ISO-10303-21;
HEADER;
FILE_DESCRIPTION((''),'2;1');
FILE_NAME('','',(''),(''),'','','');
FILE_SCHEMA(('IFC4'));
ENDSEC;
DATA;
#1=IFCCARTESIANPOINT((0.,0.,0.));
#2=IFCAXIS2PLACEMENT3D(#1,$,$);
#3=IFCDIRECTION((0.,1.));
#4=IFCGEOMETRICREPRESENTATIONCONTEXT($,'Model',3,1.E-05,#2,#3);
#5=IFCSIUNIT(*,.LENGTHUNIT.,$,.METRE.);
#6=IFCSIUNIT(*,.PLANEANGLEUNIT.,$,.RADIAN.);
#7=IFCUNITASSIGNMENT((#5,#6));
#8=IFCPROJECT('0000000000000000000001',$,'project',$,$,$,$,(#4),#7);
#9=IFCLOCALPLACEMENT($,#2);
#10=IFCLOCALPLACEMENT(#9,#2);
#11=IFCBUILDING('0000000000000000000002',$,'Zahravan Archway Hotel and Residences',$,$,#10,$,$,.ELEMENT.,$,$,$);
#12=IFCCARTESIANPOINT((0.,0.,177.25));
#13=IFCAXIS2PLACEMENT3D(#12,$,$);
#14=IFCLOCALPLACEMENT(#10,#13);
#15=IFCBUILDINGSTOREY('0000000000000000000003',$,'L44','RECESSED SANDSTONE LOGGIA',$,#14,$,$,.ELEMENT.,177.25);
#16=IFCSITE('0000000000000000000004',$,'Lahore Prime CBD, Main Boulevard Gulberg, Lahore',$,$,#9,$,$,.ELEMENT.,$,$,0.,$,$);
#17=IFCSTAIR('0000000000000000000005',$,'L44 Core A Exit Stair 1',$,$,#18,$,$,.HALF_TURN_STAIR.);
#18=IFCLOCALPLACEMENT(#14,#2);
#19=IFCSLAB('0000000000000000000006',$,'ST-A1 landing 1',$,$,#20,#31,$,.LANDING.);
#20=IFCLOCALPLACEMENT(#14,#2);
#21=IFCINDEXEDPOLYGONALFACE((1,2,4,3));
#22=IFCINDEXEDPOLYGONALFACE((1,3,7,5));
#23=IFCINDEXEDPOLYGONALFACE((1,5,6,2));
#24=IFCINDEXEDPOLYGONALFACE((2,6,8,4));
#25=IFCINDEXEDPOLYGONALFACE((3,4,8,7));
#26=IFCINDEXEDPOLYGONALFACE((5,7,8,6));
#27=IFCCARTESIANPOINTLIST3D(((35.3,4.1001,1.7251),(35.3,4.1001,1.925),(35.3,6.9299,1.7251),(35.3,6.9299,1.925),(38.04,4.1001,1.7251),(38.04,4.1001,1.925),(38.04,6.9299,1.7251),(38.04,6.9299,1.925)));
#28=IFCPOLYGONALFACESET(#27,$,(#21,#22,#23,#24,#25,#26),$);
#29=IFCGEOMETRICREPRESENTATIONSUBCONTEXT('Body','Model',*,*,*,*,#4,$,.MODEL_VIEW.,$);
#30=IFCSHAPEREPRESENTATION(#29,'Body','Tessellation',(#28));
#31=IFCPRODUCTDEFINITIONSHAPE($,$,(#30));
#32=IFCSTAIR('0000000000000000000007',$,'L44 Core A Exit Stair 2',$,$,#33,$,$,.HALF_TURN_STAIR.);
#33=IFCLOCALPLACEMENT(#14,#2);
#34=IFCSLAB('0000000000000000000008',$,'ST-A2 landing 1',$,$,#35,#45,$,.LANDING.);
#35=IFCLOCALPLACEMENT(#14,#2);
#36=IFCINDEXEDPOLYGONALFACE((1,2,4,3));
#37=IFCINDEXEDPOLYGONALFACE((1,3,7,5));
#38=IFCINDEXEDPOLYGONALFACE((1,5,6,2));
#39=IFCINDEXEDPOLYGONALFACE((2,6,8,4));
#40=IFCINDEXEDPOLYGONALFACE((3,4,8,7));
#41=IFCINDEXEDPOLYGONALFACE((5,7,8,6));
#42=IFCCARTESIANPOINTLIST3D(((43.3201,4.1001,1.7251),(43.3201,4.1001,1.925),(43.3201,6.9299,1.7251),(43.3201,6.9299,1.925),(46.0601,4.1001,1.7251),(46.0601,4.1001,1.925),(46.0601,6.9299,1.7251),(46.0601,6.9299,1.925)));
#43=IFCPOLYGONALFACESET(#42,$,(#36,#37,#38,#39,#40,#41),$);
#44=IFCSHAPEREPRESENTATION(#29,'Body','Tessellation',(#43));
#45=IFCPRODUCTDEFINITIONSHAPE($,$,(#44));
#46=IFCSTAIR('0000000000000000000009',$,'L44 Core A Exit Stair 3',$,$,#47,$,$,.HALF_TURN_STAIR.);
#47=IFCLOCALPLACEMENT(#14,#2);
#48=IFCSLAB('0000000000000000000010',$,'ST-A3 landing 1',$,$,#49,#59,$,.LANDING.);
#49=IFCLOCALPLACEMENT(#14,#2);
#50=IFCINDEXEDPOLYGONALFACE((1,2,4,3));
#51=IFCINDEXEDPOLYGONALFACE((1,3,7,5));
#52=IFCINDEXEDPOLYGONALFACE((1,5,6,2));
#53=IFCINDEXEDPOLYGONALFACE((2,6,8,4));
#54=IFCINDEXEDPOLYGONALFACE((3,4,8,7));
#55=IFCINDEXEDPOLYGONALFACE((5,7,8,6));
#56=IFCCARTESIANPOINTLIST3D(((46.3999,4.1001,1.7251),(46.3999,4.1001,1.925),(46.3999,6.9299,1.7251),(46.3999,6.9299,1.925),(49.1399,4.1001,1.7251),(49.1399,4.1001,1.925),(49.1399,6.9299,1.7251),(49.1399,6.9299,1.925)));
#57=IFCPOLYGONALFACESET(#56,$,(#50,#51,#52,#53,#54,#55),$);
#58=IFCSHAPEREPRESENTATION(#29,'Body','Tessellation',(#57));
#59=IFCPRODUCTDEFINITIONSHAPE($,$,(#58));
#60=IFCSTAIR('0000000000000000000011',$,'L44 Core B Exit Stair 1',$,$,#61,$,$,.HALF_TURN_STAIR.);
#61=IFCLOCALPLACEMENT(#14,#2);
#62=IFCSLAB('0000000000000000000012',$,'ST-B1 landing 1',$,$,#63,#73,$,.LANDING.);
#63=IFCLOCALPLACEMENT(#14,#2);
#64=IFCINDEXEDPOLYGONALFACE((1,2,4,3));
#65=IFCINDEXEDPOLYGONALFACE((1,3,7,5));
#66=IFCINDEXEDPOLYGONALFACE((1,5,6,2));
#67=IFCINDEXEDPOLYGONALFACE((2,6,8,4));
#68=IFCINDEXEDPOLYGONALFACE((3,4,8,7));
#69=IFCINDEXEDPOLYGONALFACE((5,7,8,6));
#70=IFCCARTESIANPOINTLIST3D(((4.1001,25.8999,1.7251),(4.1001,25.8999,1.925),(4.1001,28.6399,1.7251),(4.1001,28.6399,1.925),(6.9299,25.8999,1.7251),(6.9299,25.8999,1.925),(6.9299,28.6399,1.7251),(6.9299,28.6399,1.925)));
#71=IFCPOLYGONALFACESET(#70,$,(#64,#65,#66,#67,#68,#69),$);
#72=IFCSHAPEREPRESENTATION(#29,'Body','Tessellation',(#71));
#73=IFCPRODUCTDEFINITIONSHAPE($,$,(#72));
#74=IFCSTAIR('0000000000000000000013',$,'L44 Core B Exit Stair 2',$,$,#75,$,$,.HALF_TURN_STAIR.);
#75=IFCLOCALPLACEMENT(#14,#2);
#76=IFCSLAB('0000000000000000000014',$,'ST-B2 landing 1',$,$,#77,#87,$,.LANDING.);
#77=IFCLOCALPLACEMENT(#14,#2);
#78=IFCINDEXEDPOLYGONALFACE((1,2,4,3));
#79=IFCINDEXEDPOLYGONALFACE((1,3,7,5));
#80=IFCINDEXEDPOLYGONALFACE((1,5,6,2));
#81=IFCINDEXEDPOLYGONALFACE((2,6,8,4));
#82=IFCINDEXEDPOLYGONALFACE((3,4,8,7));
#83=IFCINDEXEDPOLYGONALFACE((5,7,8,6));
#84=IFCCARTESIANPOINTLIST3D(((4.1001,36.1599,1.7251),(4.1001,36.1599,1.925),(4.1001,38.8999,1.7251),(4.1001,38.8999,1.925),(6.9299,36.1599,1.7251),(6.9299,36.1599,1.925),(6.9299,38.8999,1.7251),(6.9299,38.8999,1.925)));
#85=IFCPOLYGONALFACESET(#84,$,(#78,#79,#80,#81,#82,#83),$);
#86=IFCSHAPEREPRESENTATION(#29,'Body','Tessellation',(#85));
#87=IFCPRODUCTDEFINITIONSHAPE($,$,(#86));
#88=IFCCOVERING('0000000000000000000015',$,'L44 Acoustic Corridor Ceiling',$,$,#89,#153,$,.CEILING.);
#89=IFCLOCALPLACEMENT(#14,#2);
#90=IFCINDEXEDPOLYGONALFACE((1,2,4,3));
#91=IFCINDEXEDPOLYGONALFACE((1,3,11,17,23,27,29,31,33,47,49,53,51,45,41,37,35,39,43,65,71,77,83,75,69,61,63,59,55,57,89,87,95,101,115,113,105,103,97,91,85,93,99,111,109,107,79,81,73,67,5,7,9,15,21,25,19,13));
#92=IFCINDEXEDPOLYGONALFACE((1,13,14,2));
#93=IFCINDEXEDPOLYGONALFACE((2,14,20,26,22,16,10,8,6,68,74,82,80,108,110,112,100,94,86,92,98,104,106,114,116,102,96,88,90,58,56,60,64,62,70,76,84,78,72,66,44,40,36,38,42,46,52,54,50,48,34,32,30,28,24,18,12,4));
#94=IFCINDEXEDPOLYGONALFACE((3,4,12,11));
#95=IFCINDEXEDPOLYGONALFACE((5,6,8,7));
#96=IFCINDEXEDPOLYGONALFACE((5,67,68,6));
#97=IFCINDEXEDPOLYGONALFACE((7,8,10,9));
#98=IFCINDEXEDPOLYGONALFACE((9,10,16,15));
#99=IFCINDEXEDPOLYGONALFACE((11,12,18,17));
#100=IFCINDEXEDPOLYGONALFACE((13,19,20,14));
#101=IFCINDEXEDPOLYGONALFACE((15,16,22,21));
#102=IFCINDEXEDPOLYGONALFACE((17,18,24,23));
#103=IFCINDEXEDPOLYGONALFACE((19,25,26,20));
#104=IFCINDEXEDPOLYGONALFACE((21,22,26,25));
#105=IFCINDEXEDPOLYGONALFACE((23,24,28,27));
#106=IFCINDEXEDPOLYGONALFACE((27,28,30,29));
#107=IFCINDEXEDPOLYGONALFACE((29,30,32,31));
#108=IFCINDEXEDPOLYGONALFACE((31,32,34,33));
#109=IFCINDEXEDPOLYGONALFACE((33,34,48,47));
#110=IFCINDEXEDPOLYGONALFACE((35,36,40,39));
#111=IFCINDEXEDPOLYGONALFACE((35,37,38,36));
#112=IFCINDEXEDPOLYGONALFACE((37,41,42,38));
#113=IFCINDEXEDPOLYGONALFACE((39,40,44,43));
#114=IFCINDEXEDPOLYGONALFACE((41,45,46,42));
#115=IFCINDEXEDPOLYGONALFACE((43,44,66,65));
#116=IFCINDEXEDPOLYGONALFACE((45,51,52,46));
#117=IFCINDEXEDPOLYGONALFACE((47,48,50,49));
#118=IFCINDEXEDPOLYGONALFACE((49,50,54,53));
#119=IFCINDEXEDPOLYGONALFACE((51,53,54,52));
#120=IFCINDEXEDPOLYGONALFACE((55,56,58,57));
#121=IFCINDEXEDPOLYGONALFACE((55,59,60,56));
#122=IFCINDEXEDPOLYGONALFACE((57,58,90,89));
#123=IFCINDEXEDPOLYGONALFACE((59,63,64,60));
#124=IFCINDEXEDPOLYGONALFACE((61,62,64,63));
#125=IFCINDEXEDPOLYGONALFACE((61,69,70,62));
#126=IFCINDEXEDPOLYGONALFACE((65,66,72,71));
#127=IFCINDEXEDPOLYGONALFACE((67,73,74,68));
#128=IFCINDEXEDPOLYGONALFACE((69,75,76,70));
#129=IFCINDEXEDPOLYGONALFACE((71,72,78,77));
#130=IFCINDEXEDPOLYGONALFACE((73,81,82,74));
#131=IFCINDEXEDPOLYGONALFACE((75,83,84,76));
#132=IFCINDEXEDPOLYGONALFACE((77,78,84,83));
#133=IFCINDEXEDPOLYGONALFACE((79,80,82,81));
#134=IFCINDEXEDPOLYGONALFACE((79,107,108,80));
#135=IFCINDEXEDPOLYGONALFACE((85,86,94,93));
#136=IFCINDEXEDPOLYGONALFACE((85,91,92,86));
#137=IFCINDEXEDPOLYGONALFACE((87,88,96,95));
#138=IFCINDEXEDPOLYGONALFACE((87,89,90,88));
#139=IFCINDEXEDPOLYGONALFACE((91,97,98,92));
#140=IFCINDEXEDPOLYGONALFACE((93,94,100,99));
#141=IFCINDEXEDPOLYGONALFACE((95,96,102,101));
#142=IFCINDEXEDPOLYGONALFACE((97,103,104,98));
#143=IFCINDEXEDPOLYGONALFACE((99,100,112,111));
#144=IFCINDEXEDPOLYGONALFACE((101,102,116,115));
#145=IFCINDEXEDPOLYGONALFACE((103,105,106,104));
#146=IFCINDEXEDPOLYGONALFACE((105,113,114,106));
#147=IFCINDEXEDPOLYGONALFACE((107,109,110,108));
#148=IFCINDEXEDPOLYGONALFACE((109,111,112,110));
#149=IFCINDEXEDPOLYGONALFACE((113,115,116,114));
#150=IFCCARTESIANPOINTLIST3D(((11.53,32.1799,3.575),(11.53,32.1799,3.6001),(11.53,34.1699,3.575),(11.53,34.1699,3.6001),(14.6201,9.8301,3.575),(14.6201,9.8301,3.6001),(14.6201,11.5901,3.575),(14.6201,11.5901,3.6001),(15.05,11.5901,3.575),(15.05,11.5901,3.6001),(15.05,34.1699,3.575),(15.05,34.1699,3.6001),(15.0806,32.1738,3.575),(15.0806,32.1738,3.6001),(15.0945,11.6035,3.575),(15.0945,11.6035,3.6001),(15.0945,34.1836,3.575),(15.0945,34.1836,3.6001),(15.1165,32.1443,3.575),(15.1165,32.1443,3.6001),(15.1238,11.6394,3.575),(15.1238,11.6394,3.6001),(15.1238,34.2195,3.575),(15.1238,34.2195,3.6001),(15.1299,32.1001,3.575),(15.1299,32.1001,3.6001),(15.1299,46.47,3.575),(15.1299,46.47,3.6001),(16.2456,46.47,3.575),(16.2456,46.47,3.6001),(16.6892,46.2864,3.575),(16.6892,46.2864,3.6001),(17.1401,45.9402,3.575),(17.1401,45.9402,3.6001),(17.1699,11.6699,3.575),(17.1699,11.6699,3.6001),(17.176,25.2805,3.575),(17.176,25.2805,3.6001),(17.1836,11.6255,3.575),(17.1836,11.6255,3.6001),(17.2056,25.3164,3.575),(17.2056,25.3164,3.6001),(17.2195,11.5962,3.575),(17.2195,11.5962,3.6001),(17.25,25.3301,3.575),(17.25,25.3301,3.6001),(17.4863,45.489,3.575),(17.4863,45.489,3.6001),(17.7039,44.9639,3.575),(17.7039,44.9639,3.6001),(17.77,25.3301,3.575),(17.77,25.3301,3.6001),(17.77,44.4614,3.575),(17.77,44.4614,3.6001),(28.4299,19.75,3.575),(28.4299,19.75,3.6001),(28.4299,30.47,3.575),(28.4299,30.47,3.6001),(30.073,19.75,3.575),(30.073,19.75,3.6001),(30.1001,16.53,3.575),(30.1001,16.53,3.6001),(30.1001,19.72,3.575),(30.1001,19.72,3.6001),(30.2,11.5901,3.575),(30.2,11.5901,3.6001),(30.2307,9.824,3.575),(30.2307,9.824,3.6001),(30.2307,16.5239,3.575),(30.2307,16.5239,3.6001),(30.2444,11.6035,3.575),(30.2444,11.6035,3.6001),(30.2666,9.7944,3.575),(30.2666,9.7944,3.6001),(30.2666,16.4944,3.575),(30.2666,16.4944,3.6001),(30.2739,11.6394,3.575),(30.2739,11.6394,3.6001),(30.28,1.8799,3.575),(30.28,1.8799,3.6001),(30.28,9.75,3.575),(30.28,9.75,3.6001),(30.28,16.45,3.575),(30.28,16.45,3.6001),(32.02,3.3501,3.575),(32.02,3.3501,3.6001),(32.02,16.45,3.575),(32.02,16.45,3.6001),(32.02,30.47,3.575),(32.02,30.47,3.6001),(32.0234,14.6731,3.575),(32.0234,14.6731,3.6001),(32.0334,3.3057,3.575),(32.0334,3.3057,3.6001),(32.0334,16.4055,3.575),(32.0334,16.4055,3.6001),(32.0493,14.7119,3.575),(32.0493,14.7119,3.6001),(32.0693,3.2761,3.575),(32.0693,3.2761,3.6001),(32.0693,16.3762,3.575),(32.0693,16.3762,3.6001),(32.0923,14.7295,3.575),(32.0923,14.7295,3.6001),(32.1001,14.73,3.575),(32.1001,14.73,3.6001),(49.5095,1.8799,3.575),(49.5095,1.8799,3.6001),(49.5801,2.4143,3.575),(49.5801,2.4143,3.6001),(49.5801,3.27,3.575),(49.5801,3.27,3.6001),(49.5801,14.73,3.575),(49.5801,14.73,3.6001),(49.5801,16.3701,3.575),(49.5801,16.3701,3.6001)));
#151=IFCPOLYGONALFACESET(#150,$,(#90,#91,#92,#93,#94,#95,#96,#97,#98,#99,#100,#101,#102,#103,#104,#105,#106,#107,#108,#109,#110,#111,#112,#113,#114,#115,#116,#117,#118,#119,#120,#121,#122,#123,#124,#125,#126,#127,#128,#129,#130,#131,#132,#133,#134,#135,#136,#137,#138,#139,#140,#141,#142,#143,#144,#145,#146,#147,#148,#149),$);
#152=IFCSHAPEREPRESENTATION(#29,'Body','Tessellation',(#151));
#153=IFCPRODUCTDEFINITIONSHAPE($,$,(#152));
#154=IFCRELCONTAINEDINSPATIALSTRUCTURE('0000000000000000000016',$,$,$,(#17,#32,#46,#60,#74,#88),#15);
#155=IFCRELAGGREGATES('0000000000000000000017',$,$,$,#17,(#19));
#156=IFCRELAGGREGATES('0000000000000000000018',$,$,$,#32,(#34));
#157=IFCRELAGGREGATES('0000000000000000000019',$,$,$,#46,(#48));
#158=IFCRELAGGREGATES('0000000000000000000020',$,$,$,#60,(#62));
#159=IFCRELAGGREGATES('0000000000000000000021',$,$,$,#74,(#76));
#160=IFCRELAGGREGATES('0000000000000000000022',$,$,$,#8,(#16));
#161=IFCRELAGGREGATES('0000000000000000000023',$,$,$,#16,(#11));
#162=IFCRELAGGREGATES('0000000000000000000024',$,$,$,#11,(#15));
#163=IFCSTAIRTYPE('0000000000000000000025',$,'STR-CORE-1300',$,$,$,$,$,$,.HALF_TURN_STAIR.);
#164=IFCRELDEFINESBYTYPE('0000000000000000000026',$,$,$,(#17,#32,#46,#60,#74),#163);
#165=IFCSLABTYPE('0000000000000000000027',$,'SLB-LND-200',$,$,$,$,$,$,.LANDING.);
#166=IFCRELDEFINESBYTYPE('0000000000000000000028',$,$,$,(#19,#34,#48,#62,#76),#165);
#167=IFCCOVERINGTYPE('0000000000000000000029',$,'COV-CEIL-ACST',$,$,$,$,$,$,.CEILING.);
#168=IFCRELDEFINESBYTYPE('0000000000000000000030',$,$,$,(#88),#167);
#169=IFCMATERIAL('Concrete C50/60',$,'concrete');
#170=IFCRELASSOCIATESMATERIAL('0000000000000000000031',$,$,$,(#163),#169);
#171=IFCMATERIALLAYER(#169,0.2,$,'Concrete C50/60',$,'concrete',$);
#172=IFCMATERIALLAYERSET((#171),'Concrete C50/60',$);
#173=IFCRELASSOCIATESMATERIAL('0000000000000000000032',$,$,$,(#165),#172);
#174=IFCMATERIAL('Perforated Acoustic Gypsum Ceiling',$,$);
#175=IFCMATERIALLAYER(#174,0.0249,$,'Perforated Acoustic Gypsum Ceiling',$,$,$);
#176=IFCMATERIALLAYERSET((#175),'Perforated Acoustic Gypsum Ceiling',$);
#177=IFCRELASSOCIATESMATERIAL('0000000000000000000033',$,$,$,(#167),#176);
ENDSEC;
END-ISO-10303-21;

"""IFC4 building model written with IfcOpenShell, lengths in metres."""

from ifc_helpers import new_model, si_unit, direction, frame, origin, place, context, subcontext, project, spatial, polyline, outline, extrude, material, layer, layer_set, type_object, element, aggregate, save


model = new_model("IFC4")

# Units and contexts
model_context = context("Model", 3, precision=1e-05, world=origin(), true_north=direction((0.0, 1.0)))
body_context = subcontext(model_context, "Body", "Model", "MODEL_VIEW")
ifc_project = project(units=[si_unit("LENGTHUNIT", "METRE"), si_unit("PLANEANGLEUNIT", "RADIAN")], contexts=[model_context])

# Site, building, storey
site_placement = place(None, origin())
site = spatial("IfcSite", under=ifc_project, at=site_placement, Name="Lahore Prime CBD, Main Boulevard Gulberg, Lahore", CompositionType="ELEMENT", RefElevation=0.0)
building_placement = place(site_placement, origin())
building = spatial("IfcBuilding", under=site, at=building_placement, Name="Zahravan Archway Hotel and Residences", CompositionType="ELEMENT")
storey_placement = place(building_placement, frame((0.0, 0.0, 177.25)))
storey = spatial("IfcBuildingStorey", under=building, at=storey_placement, Name="L44", Description="RECESSED SANDSTONE LOGGIA", CompositionType="ELEMENT", Elevation=177.25)

# Stairs, slabs
ifc_material_1 = material(Name="Concrete C50/60", Category="concrete")
stair_type = type_object("IfcStairType", Name="STR-CORE-1300", PredefinedType="HALF_TURN_STAIR", material=ifc_material_1)
stair_1_placement = place(storey_placement, origin())
stair_1 = element("IfcStair", 1, at=stair_1_placement, inside=storey, type_object=stair_type, Name="L44 Core A Exit Stair 1", PredefinedType="HALF_TURN_STAIR")
ifc_layer_1 = layer(ifc_material_1, 0.2, Name="Concrete C50/60", Category="concrete")
ifc_layer_set_1 = layer_set([ifc_layer_1], Name="Concrete C50/60")
slab_type_1 = type_object("IfcSlabType", Name="SLB-LND-200", PredefinedType="LANDING", material=ifc_layer_set_1)
slab_1_placement = place(storey_placement, frame((0.0, 0.0, 1.7251)))
slab_1 = element("IfcSlab", 2, at=slab_1_placement, type_object=slab_type_1, Name="ST-A1 landing 1", PredefinedType="LANDING", context=body_context, shape_type="SweptSolid", body=[
    extrude(outline(polyline([(35.3, 6.9299), (35.3, 4.1001), (38.04, 4.1001), (38.04, 6.9299), (35.3, 6.9299)])), origin(), (0.0, 0.0, 1.0), 0.2),
])
aggregate(stair_1, [slab_1])
stair_2_placement = place(storey_placement, origin())
stair_2 = element("IfcStair", 3, at=stair_2_placement, inside=storey, type_object=stair_type, Name="L44 Core A Exit Stair 2", PredefinedType="HALF_TURN_STAIR")
slab_2_placement = place(storey_placement, frame((0.0, 0.0, 1.7251)))
slab_2 = element("IfcSlab", 4, at=slab_2_placement, type_object=slab_type_1, Name="ST-A2 landing 1", PredefinedType="LANDING", context=body_context, shape_type="SweptSolid", body=[
    extrude(outline(polyline([(43.3201, 6.9299), (43.3201, 4.1001), (46.0601, 4.1001), (46.0601, 6.9299), (43.3201, 6.9299)])), origin(), (0.0, 0.0, 1.0), 0.2),
])
aggregate(stair_2, [slab_2])
stair_3_placement = place(storey_placement, origin())
stair_3 = element("IfcStair", 5, at=stair_3_placement, inside=storey, type_object=stair_type, Name="L44 Core A Exit Stair 3", PredefinedType="HALF_TURN_STAIR")
slab_3_placement = place(storey_placement, frame((0.0, 0.0, 1.7251)))
slab_3 = element("IfcSlab", 6, at=slab_3_placement, type_object=slab_type_1, Name="ST-A3 landing 1", PredefinedType="LANDING", context=body_context, shape_type="SweptSolid", body=[
    extrude(outline(polyline([(46.3999, 6.9299), (46.3999, 4.1001), (49.1399, 4.1001), (49.1399, 6.9299), (46.3999, 6.9299)])), origin(), (0.0, 0.0, 1.0), 0.2),
])
aggregate(stair_3, [slab_3])
stair_4_placement = place(storey_placement, origin())
stair_4 = element("IfcStair", 7, at=stair_4_placement, inside=storey, type_object=stair_type, Name="L44 Core B Exit Stair 1", PredefinedType="HALF_TURN_STAIR")
slab_4_placement = place(storey_placement, frame((0.0, 0.0, 1.7251)))
slab_4 = element("IfcSlab", 8, at=slab_4_placement, type_object=slab_type_1, Name="ST-B1 landing 1", PredefinedType="LANDING", context=body_context, shape_type="SweptSolid", body=[
    extrude(outline(polyline([(6.9299, 28.6399), (4.1001, 28.6399), (4.1001, 25.8999), (6.9299, 25.8999), (6.9299, 28.6399)])), origin(), (0.0, 0.0, 1.0), 0.2),
])
aggregate(stair_4, [slab_4])
stair_5_placement = place(storey_placement, origin())
stair_5 = element("IfcStair", 9, at=stair_5_placement, inside=storey, type_object=stair_type, Name="L44 Core B Exit Stair 2", PredefinedType="HALF_TURN_STAIR")
slab_5_placement = place(storey_placement, frame((0.0, 0.0, 1.7251)))
slab_5 = element("IfcSlab", 10, at=slab_5_placement, type_object=slab_type_1, Name="ST-B2 landing 1", PredefinedType="LANDING", context=body_context, shape_type="SweptSolid", body=[
    extrude(outline(polyline([(6.9299, 38.8999), (4.1001, 38.8999), (4.1001, 36.1599), (6.9299, 36.1599), (6.9299, 38.8999)])), origin(), (0.0, 0.0, 1.0), 0.2),
])
aggregate(stair_5, [slab_5])

# Covering
ifc_material_2 = material(Name="Perforated Acoustic Gypsum Ceiling")
ifc_layer_2 = layer(ifc_material_2, 0.0249, Name="Perforated Acoustic Gypsum Ceiling")
ifc_layer_set_2 = layer_set([ifc_layer_2], Name="Perforated Acoustic Gypsum Ceiling")
covering_type_1 = type_object("IfcCoveringType", Name="COV-CEIL-ACST", PredefinedType="CEILING", material=ifc_layer_set_2)
covering_1_placement = place(storey_placement, frame((0.0, 0.0, 3.575)))
element("IfcCovering", 11, at=covering_1_placement, inside=storey, type_object=covering_type_1, Name="L44 Acoustic Corridor Ceiling", PredefinedType="CEILING", context=body_context, shape_type="SweptSolid", body=[
    extrude(outline(polyline([(32.0923, 14.7295), (32.0493, 14.7119), (32.0234, 14.6731), (32.02, 3.3501), (32.0334, 3.3057), (32.0693, 3.2761), (49.5801, 3.27), (49.5801, 2.4143), (49.5095, 1.8799), (30.28, 1.8799), (30.28, 9.75), (30.2666, 9.7944), (30.2307, 9.824), (14.6201, 9.8301), (14.6201, 11.5901), (15.05, 11.5901), (15.0945, 11.6035), (15.1238, 11.6394), (15.1299, 32.1001), (15.1165, 32.1443), (15.0806, 32.1738), (11.53, 32.1799), (11.53, 34.1699), (15.05, 34.1699), (15.0945, 34.1836), (15.1238, 34.2195), (15.1299, 46.47), (16.2456, 46.47), (16.6892, 46.2864), (17.1401, 45.9402), (17.4863, 45.489), (17.7039, 44.9639), (17.77, 44.4614), (17.77, 25.3301), (17.25, 25.3301), (17.2056, 25.3164), (17.176, 25.2805), (17.1699, 11.6699), (17.1836, 11.6255), (17.2195, 11.5962), (30.2, 11.5901), (30.2444, 11.6035), (30.2739, 11.6394), (30.28, 16.45), (30.2666, 16.4944), (30.2307, 16.5239), (30.1001, 16.53), (30.1001, 19.72), (30.073, 19.75), (28.4299, 19.75), (28.4299, 30.47), (32.02, 30.47), (32.02, 16.45), (32.0334, 16.4055), (32.0693, 16.3762), (49.5801, 16.3701), (49.5801, 14.73), (32.1001, 14.73), (32.0923, 14.7295)])), origin(), (0.0, 0.0, 1.0), 0.0251),
])

save(model, "model.ifc")
